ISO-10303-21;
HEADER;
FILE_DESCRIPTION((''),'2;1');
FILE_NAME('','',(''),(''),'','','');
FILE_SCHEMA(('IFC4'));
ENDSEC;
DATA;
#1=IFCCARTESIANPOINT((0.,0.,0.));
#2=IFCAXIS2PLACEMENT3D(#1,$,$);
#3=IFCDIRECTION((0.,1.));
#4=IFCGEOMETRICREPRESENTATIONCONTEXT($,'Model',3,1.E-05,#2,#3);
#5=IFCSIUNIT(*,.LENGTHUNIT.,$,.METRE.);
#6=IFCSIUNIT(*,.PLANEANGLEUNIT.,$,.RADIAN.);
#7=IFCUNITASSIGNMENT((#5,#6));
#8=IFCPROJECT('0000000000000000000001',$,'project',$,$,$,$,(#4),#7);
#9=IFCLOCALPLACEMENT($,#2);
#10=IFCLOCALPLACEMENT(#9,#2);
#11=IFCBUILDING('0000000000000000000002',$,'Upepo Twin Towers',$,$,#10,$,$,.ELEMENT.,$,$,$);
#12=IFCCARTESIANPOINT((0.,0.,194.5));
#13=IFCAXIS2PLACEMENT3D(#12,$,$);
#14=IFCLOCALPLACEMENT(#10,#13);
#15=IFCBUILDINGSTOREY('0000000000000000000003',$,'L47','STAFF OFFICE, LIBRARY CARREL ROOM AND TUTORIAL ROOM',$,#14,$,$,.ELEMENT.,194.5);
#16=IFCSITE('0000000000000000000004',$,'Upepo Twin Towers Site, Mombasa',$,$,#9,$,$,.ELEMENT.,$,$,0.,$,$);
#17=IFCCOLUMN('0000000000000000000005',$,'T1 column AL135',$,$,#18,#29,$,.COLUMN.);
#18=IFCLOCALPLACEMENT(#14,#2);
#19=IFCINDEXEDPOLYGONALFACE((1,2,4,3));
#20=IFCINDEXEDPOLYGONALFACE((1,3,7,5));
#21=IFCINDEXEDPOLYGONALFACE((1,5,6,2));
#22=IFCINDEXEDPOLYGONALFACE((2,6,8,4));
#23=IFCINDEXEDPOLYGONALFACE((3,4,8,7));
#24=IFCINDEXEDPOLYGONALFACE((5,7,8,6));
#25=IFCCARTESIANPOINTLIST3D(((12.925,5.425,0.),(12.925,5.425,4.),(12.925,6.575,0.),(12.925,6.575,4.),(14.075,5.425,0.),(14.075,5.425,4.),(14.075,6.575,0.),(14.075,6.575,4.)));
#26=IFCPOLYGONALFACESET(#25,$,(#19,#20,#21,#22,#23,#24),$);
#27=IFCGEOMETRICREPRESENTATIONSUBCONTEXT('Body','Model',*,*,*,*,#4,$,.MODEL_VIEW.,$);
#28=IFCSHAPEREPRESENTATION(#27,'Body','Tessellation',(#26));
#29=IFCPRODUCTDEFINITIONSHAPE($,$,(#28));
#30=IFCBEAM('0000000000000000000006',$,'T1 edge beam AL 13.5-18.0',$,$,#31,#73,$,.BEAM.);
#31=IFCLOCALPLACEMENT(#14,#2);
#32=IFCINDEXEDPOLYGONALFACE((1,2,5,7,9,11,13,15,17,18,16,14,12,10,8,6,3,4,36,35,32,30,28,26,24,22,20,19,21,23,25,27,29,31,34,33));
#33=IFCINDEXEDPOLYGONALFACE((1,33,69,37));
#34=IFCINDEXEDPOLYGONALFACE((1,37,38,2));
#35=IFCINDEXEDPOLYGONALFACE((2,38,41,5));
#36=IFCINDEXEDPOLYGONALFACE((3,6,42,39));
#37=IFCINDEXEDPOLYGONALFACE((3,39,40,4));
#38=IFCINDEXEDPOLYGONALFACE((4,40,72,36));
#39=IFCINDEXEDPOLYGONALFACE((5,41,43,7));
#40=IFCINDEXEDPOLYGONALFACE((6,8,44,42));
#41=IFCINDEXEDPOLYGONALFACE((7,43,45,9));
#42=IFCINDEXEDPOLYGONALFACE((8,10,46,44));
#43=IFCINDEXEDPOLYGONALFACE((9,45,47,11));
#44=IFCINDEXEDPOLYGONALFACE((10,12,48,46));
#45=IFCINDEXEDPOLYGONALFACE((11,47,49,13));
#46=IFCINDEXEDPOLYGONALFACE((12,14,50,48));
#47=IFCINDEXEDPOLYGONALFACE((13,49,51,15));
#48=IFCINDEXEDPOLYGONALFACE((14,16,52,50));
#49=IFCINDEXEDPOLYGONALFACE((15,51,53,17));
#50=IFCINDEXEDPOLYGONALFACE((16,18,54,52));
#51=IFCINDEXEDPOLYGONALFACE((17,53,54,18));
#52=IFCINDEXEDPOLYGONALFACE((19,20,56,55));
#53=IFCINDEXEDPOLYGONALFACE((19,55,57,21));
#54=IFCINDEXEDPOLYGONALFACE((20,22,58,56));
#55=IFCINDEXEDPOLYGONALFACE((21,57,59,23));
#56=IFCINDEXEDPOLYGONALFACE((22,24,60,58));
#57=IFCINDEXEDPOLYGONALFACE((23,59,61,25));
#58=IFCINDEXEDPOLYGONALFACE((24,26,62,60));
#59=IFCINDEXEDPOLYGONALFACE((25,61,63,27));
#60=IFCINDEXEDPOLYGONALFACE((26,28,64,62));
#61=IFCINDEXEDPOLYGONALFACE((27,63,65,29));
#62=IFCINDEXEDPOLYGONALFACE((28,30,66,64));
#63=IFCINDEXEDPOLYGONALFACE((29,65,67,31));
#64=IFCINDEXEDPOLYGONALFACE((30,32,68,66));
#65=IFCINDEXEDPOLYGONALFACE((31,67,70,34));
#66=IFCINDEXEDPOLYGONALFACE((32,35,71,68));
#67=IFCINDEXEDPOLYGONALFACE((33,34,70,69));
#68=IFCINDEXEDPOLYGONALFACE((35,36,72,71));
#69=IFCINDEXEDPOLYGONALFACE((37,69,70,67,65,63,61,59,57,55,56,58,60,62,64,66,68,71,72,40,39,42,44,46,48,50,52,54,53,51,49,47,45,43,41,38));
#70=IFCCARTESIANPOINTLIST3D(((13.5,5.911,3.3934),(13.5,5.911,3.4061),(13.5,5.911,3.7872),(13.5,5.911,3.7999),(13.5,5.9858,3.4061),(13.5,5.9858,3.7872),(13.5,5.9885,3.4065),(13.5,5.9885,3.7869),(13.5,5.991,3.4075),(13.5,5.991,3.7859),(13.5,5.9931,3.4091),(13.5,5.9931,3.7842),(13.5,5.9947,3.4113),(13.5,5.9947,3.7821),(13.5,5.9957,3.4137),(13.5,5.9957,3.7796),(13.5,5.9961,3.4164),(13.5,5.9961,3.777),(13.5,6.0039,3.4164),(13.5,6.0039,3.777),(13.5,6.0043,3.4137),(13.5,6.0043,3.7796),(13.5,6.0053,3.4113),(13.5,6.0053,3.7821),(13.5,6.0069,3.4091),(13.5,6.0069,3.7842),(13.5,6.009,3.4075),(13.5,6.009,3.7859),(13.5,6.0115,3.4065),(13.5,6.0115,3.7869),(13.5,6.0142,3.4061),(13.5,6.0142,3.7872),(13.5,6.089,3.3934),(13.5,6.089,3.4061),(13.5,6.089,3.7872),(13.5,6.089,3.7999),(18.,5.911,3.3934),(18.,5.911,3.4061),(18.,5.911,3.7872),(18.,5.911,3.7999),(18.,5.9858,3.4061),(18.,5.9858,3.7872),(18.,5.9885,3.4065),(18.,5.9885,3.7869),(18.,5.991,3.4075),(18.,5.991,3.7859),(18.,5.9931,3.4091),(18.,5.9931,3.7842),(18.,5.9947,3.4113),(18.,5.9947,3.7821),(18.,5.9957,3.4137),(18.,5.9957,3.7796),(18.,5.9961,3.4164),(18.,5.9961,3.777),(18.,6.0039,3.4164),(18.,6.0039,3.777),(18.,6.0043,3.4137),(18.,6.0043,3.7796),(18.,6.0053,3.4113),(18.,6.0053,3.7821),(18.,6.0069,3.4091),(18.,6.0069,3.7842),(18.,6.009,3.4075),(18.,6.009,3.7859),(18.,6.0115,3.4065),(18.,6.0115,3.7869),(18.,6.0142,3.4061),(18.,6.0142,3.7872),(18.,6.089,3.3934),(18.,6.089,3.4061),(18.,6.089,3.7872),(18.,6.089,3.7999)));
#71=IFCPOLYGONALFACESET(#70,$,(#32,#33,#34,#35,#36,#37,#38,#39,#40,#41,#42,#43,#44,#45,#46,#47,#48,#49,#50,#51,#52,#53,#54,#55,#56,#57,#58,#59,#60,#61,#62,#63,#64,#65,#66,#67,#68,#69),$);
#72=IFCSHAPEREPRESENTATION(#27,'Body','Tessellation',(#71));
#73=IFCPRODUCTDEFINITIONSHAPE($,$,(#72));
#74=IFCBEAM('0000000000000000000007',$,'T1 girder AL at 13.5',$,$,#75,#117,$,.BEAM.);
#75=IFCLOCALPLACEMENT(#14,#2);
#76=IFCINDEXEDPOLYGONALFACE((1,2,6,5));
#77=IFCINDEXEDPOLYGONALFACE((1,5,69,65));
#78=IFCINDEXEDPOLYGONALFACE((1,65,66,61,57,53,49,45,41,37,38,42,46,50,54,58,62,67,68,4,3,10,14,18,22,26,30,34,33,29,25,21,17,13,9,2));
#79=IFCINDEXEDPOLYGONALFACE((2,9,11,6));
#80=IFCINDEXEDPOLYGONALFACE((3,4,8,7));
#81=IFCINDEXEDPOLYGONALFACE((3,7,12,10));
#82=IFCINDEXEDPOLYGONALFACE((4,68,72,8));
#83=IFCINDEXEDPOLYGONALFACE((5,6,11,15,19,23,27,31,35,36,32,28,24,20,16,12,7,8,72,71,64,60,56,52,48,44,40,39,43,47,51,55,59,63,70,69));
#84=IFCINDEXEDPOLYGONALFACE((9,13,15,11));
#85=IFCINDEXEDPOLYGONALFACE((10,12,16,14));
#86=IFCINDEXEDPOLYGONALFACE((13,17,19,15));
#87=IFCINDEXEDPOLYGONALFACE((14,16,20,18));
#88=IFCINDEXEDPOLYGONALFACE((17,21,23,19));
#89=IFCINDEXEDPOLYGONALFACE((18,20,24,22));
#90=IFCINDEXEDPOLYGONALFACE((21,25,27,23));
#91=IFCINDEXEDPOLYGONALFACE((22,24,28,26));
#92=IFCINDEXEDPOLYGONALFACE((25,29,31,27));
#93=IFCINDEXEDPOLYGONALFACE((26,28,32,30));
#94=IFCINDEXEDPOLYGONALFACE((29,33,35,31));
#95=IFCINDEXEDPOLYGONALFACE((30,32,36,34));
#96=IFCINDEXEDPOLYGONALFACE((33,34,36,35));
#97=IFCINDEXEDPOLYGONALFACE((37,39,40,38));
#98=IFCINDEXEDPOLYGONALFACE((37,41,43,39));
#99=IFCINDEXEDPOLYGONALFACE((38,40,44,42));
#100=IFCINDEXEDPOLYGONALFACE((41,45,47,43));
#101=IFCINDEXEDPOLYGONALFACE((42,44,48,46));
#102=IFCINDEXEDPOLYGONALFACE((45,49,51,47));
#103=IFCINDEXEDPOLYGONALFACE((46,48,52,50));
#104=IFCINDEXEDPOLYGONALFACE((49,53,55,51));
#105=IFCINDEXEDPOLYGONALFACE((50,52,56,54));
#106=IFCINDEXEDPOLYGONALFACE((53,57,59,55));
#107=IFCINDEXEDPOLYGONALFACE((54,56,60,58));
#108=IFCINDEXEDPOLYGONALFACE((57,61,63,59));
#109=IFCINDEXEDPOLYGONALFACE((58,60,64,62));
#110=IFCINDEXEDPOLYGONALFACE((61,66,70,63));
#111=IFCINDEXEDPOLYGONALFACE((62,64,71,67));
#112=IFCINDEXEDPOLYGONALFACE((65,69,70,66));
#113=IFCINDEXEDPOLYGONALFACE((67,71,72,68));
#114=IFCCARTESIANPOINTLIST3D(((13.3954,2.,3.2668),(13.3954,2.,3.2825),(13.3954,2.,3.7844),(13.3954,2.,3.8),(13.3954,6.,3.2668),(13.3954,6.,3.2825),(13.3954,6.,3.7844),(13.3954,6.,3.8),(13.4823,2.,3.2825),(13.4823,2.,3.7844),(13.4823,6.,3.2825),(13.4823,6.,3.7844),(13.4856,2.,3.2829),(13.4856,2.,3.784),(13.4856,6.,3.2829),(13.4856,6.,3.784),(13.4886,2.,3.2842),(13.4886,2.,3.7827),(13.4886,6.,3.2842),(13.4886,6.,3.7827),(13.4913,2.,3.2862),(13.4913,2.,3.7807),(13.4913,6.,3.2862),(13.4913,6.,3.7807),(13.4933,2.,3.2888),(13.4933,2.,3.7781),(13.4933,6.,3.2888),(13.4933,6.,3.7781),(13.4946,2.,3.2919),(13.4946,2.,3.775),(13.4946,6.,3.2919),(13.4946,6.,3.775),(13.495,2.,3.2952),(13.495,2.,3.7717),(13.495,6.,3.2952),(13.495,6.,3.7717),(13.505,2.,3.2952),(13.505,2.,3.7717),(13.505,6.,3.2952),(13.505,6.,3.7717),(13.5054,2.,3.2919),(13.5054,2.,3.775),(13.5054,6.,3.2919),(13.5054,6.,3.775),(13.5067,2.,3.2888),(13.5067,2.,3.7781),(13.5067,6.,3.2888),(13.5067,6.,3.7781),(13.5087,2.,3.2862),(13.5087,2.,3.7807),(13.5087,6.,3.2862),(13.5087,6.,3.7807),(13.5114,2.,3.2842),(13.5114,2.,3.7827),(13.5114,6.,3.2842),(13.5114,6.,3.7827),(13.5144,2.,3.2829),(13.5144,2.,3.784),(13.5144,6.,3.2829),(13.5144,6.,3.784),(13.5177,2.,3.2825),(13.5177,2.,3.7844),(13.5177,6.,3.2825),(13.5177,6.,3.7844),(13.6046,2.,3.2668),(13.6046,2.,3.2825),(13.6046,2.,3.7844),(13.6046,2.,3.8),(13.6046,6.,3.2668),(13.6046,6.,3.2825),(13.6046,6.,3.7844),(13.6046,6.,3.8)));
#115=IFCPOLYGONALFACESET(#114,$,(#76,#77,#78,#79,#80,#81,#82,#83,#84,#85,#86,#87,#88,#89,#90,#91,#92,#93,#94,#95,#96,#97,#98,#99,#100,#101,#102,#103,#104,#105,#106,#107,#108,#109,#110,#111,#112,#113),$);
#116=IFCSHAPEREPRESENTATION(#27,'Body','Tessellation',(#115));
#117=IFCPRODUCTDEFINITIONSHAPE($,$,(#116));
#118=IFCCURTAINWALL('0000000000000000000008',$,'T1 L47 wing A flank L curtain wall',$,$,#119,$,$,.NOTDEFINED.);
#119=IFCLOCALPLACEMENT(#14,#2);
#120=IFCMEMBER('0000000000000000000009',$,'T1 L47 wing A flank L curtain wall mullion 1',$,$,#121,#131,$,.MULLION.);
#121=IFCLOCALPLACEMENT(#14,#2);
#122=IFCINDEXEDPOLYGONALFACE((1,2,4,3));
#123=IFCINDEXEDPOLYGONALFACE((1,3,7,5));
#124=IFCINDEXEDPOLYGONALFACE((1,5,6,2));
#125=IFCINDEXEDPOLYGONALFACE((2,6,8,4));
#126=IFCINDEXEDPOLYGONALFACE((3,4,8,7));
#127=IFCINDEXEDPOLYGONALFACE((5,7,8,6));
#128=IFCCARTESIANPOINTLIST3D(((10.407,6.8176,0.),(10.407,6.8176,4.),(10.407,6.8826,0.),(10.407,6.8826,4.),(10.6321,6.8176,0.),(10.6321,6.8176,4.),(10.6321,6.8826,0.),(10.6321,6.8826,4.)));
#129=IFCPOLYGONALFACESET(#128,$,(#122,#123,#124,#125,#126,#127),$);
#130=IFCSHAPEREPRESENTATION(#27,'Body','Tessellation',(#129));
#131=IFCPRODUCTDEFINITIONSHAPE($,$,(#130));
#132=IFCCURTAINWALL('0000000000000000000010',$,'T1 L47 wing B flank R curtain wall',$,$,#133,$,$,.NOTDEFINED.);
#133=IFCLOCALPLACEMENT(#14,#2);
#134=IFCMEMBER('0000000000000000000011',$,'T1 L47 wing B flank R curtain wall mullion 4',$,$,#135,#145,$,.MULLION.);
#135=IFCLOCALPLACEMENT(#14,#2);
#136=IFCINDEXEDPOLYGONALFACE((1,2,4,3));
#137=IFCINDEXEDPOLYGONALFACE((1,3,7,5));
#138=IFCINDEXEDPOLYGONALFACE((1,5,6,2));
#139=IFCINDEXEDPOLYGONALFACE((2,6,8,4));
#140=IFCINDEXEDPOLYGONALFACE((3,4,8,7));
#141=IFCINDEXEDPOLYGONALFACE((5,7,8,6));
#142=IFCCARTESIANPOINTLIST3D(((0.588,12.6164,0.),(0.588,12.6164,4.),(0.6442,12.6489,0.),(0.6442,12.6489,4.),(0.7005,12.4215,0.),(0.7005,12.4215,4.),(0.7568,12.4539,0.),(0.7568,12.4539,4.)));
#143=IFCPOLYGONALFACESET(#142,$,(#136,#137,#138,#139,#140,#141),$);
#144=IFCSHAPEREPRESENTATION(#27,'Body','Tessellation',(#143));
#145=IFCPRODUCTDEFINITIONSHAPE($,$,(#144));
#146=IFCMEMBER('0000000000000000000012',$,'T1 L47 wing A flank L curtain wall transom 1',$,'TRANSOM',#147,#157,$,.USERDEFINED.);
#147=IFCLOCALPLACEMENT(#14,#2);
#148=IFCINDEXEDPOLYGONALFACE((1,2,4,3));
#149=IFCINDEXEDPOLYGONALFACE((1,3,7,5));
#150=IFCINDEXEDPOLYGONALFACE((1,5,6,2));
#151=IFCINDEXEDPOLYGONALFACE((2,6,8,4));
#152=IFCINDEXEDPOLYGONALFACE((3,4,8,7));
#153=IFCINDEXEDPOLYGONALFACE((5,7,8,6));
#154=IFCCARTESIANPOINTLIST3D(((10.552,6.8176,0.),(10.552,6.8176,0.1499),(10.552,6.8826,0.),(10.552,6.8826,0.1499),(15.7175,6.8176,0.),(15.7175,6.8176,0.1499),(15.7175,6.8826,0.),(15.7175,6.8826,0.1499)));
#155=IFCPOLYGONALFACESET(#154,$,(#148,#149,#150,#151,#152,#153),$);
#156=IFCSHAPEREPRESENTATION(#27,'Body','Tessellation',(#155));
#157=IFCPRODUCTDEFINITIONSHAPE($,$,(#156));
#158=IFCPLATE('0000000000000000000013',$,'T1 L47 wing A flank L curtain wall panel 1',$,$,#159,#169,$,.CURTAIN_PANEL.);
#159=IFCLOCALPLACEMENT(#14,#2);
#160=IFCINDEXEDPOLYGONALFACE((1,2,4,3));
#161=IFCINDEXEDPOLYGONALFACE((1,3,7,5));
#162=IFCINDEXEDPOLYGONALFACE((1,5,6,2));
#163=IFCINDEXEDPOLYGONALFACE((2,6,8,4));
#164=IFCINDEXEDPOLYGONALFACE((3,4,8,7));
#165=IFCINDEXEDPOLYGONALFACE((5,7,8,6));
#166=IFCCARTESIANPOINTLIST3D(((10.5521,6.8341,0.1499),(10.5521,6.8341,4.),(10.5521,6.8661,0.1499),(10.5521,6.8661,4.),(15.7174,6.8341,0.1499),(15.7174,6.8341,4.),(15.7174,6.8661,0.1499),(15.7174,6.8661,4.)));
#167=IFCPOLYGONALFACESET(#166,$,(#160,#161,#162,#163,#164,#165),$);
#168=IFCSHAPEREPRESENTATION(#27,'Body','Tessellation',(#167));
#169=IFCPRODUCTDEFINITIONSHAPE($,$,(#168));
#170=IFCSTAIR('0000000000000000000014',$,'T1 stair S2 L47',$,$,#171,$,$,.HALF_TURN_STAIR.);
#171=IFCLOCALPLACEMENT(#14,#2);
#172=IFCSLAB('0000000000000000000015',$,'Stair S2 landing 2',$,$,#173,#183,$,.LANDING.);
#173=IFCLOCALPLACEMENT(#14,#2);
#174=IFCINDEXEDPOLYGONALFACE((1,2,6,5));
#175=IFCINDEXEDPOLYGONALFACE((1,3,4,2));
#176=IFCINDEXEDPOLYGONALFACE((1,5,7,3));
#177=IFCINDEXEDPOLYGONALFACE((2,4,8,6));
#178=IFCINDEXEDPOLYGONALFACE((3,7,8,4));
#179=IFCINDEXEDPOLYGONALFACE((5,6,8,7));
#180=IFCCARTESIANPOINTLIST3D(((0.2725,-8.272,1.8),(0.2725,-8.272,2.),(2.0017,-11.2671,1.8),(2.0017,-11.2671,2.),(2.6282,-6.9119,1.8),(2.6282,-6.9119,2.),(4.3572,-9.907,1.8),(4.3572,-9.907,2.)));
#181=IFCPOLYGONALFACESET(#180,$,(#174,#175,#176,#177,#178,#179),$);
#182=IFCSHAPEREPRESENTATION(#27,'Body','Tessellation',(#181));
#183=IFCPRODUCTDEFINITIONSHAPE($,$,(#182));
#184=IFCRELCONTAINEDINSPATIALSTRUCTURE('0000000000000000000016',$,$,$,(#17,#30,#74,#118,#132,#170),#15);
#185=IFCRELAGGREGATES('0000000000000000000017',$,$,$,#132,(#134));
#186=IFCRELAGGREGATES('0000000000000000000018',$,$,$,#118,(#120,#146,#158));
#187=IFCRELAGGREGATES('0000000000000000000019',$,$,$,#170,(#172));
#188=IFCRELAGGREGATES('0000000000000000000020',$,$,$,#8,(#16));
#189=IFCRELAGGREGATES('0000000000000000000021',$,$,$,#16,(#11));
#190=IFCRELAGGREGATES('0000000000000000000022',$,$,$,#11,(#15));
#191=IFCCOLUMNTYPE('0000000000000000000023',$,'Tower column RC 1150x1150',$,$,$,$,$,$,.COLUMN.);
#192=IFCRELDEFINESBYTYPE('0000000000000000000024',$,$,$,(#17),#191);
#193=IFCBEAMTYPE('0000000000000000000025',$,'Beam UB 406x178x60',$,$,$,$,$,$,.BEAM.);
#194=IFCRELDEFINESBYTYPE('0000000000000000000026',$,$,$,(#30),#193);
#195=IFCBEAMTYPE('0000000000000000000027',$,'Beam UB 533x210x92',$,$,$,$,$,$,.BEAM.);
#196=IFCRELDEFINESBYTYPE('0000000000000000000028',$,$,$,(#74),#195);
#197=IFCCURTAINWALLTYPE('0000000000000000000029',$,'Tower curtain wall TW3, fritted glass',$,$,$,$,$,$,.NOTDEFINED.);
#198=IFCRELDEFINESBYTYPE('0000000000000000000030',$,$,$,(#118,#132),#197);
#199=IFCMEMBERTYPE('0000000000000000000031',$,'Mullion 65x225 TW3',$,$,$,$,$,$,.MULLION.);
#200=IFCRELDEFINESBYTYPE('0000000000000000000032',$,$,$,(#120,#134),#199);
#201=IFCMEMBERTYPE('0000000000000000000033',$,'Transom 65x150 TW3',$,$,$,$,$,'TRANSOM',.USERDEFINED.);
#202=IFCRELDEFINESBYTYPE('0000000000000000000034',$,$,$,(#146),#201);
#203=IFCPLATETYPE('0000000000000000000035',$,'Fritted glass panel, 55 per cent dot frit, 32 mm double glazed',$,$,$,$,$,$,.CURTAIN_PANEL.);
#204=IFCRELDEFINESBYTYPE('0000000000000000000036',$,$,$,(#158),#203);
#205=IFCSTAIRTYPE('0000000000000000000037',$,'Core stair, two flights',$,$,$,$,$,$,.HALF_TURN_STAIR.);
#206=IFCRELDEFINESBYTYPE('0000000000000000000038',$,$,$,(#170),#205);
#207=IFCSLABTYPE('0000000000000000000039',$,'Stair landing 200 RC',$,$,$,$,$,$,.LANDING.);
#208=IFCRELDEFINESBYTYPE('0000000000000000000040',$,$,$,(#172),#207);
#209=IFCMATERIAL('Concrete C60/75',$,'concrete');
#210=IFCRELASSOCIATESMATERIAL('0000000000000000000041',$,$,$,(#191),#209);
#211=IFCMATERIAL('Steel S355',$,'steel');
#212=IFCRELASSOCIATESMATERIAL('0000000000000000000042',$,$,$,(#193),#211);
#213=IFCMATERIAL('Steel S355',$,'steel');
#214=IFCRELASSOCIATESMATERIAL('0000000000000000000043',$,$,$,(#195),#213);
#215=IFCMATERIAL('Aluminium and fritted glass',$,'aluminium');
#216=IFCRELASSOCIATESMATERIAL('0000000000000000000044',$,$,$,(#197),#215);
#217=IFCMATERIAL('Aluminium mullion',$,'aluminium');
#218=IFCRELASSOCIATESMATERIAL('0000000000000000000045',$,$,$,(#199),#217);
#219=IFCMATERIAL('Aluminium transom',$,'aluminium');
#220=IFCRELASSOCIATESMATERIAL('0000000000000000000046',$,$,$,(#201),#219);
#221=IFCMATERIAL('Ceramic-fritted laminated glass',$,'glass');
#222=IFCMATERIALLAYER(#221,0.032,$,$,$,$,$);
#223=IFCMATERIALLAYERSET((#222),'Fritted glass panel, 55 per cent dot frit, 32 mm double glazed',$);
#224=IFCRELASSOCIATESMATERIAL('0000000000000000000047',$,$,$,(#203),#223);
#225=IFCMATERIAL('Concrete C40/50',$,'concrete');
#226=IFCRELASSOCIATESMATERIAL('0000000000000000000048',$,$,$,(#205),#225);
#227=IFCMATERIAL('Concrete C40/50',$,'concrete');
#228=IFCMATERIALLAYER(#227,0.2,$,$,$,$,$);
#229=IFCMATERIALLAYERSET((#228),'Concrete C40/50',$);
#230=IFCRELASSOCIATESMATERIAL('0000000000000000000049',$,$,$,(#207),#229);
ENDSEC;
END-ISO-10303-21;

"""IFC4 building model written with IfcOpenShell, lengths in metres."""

from ifc_helpers import new_model, si_unit, direction, frame, origin, origin_2d, place, context, subcontext, project, spatial, polyline, rectangle, i_section, outline, extrude, material, layer, layer_set, material_profile, profile_set, type_object, element, aggregate, save


model = new_model("IFC4")

# Units and contexts
model_context = context("Model", 3, precision=1e-05, world=origin(), true_north=direction((0.0, 1.0)))
body_context = subcontext(model_context, "Body", "Model", "MODEL_VIEW")
ifc_project = project(units=[si_unit("LENGTHUNIT", "METRE"), si_unit("PLANEANGLEUNIT", "RADIAN")], contexts=[model_context])

# Site, building, storey
site_placement = place(None, origin())
site = spatial("IfcSite", under=ifc_project, at=site_placement, Name="Upepo Twin Towers Site, Mombasa", CompositionType="ELEMENT", RefElevation=0.0)
building_placement = place(site_placement, origin())
building = spatial("IfcBuilding", under=site, at=building_placement, Name="Upepo Twin Towers", CompositionType="ELEMENT")
storey_placement = place(building_placement, frame((0.0, 0.0, 194.5)))
storey = spatial("IfcBuildingStorey", under=building, at=storey_placement, Name="L47", Description="STAFF OFFICE, LIBRARY CARREL ROOM AND TUTORIAL ROOM", CompositionType="ELEMENT", Elevation=194.5)

# Column
ifc_material_1 = material(Name="Concrete C60/75", Category="concrete")
ifc_material_profile_1 = material_profile(ifc_material_1, rectangle(XDim=1.1499, YDim=1.1499, at=origin_2d()), Name="RC 1150x1150")
ifc_profile_set_1 = profile_set([ifc_material_profile_1], Name="Concrete C60/75")
column_type = type_object("IfcColumnType", Name="Tower column RC 1150x1150", PredefinedType="COLUMN", material=ifc_profile_set_1)
column_placement = place(storey_placement, frame((13.5, 6.0, 0.0), z_axis=(0.0, 0.0, 1.0), x_axis=(1.0, 0.0, 0.0)))
element("IfcColumn", 1, at=column_placement, inside=storey, type_object=column_type, Name="T1 column AL135", PredefinedType="COLUMN", context=body_context, shape_type="SweptSolid", body=[
    extrude(rectangle(XDim=1.1499, YDim=1.1499, at=origin_2d()), origin(), (0.0, 0.0, 1.0), 4.0),
])

# Beams
ifc_material_2 = material(Name="Steel S355", Category="steel")
ifc_material_profile_2 = material_profile(ifc_material_2, i_section(OverallWidth=0.178, OverallDepth=0.4065, WebThickness=0.0078, FlangeThickness=0.0127, FilletRadius=0.0103, at=origin_2d()), Name="UB 406x178x60")
ifc_profile_set_2 = profile_set([ifc_material_profile_2], Name="Steel S355")
beam_type_1 = type_object("IfcBeamType", Name="Beam UB 406x178x60", PredefinedType="BEAM", material=ifc_profile_set_2)
beam_1_placement = place(storey_placement, frame((13.5, 6.0, 3.5967), z_axis=(1.0, 0.0, 0.0), x_axis=(0.0, 1.0, 0.0)))
element("IfcBeam", 2, at=beam_1_placement, inside=storey, type_object=beam_type_1, Name="T1 edge beam AL 13.5-18.0", PredefinedType="BEAM", context=body_context, shape_type="SweptSolid", body=[
    extrude(i_section(OverallWidth=0.178, OverallDepth=0.4065, WebThickness=0.0078, FlangeThickness=0.0127, FilletRadius=0.0103, at=origin_2d()), origin(), (0.0, 0.0, 1.0), 4.5),
])
ifc_material_3 = material(Name="Steel S355", Category="steel")
ifc_material_profile_3 = material_profile(ifc_material_3, i_section(OverallWidth=0.2092, OverallDepth=0.5332, WebThickness=0.01, FlangeThickness=0.0156, FilletRadius=0.0127, at=origin_2d()), Name="UB 533x210x92")
ifc_profile_set_3 = profile_set([ifc_material_profile_3], Name="Steel S355")
beam_type_2 = type_object("IfcBeamType", Name="Beam UB 533x210x92", PredefinedType="BEAM", material=ifc_profile_set_3)
beam_2_placement = place(storey_placement, frame((13.5, 6.0, 3.5334), z_axis=(0.0, -1.0, 0.0), x_axis=(1.0, 0.0, 0.0)))
element("IfcBeam", 3, at=beam_2_placement, inside=storey, type_object=beam_type_2, Name="T1 girder AL at 13.5", PredefinedType="BEAM", context=body_context, shape_type="SweptSolid", body=[
    extrude(i_section(OverallWidth=0.2092, OverallDepth=0.5332, WebThickness=0.01, FlangeThickness=0.0156, FilletRadius=0.0127, at=origin_2d()), origin(), (0.0, 0.0, 1.0), 4.0),
])

# Curtain walls, members
ifc_material_4 = material(Name="Aluminium and fritted glass", Category="aluminium")
curtain_wall_type = type_object("IfcCurtainWallType", Name="Tower curtain wall TW3, fritted glass", PredefinedType="NOTDEFINED", material=ifc_material_4)
curtain_wall_1_placement = place(storey_placement, origin())
curtain_wall_1 = element("IfcCurtainWall", 4, at=curtain_wall_1_placement, inside=storey, type_object=curtain_wall_type, Name="T1 L47 wing A flank L curtain wall", PredefinedType="NOTDEFINED")
ifc_material_5 = material(Name="Aluminium mullion", Category="aluminium")
ifc_material_profile_4 = material_profile(ifc_material_5, rectangle(XDim=0.0649, YDim=0.2251, at=origin_2d()), Name="MULLION 65x225")
ifc_profile_set_4 = profile_set([ifc_material_profile_4], Name="Aluminium mullion")
member_type_1 = type_object("IfcMemberType", Name="Mullion 65x225 TW3", PredefinedType="MULLION", material=ifc_profile_set_4)
member_1_placement = place(storey_placement, frame((10.5195, 6.8501, 0.0), z_axis=(0.0, 0.0, 1.0), x_axis=(0.0, 1.0, 0.0)))
member_1 = element("IfcMember", 5, at=member_1_placement, type_object=member_type_1, Name="T1 L47 wing A flank L curtain wall mullion 1", PredefinedType="MULLION", context=body_context, shape_type="SweptSolid", body=[
    extrude(rectangle(XDim=0.0649, YDim=0.2251, at=origin_2d()), origin(), (0.0, 0.0, 1.0), 4.0),
])
curtain_wall_2_placement = place(storey_placement, origin())
curtain_wall_2 = element("IfcCurtainWall", 6, at=curtain_wall_2_placement, inside=storey, type_object=curtain_wall_type, Name="T1 L47 wing B flank R curtain wall", PredefinedType="NOTDEFINED")
member_2_placement = place(storey_placement, frame((0.6724, 12.5352, 0.0), z_axis=(0.0, 0.0, 1.0), x_axis=(0.866025, 0.5, 0.0)))
member_2 = element("IfcMember", 7, at=member_2_placement, type_object=member_type_1, Name="T1 L47 wing B flank R curtain wall mullion 4", PredefinedType="MULLION", context=body_context, shape_type="SweptSolid", body=[
    extrude(rectangle(XDim=0.0649, YDim=0.2251, at=origin_2d()), origin(), (0.0, 0.0, 1.0), 4.0),
])
aggregate(curtain_wall_2, [member_2])

# Member
ifc_material_6 = material(Name="Aluminium transom", Category="aluminium")
ifc_material_profile_5 = material_profile(ifc_material_6, rectangle(XDim=0.0649, YDim=0.1499, at=origin_2d()), Name="TRANSOM 65x150")
ifc_profile_set_5 = profile_set([ifc_material_profile_5], Name="Aluminium transom")
member_type_2 = type_object("IfcMemberType", Name="Transom 65x150 TW3", ElementType="TRANSOM", PredefinedType="USERDEFINED", material=ifc_profile_set_5)
member_3_placement = place(storey_placement, frame((10.552, 6.8501, 0.075), z_axis=(1.0, 0.0, 0.0), x_axis=(0.0, 1.0, 0.0)))
member_3 = element("IfcMember", 8, at=member_3_placement, type_object=member_type_2, Name="T1 L47 wing A flank L curtain wall transom 1", ObjectType="TRANSOM", PredefinedType="USERDEFINED", context=body_context, shape_type="SweptSolid", body=[
    extrude(rectangle(XDim=0.0649, YDim=0.1499, at=origin_2d()), origin(), (0.0, 0.0, 1.0), 5.1655),
])

# Plate
ifc_material_7 = material(Name="Ceramic-fritted laminated glass", Category="glass")
ifc_layer_1 = layer(ifc_material_7, 0.032)
ifc_layer_set_1 = layer_set([ifc_layer_1], Name="Fritted glass panel, 55 per cent dot frit, 32 mm double glazed")
plate_type = type_object("IfcPlateType", Name="Fritted glass panel, 55 per cent dot frit, 32 mm double glazed", PredefinedType="CURTAIN_PANEL", material=ifc_layer_set_1)
plate_placement = place(storey_placement, frame((13.1348, 6.8501, 0.1499), z_axis=(0.0, 0.0, 1.0), x_axis=(1.0, 0.0, 0.0)))
plate = element("IfcPlate", 9, at=plate_placement, type_object=plate_type, Name="T1 L47 wing A flank L curtain wall panel 1", PredefinedType="CURTAIN_PANEL", context=body_context, shape_type="SweptSolid", body=[
    extrude(rectangle(XDim=5.1653, YDim=0.032, at=origin_2d()), origin(), (0.0, 0.0, 1.0), 3.8501),
])
aggregate(curtain_wall_1, [member_1, member_3, plate])

# Stair, slab
ifc_material_8 = material(Name="Concrete C40/50", Category="concrete")
stair_type = type_object("IfcStairType", Name="Core stair, two flights", PredefinedType="HALF_TURN_STAIR", material=ifc_material_8)
stair_1_placement = place(storey_placement, origin())
stair_1 = element("IfcStair", 10, at=stair_1_placement, inside=storey, type_object=stair_type, Name="T1 stair S2 L47", PredefinedType="HALF_TURN_STAIR")
ifc_material_9 = material(Name="Concrete C40/50", Category="concrete")
ifc_layer_2 = layer(ifc_material_9, 0.2)
ifc_layer_set_2 = layer_set([ifc_layer_2], Name="Concrete C40/50")
slab_type = type_object("IfcSlabType", Name="Stair landing 200 RC", PredefinedType="LANDING", material=ifc_layer_set_2)
slab_1_placement = place(storey_placement, frame((0.0, 0.0, 1.8)))
slab_1 = element("IfcSlab", 11, at=slab_1_placement, type_object=slab_type, Name="Stair S2 landing 2", PredefinedType="LANDING", context=body_context, shape_type="SweptSolid", body=[
    extrude(outline(polyline([(0.2725, -8.272), (2.0017, -11.2671), (4.3572, -9.907), (2.6282, -6.9119), (0.2725, -8.272)])), origin(), (0.0, 0.0, 1.0), 0.2),
])
aggregate(stair_1, [slab_1])

save(model, "model.ifc")
